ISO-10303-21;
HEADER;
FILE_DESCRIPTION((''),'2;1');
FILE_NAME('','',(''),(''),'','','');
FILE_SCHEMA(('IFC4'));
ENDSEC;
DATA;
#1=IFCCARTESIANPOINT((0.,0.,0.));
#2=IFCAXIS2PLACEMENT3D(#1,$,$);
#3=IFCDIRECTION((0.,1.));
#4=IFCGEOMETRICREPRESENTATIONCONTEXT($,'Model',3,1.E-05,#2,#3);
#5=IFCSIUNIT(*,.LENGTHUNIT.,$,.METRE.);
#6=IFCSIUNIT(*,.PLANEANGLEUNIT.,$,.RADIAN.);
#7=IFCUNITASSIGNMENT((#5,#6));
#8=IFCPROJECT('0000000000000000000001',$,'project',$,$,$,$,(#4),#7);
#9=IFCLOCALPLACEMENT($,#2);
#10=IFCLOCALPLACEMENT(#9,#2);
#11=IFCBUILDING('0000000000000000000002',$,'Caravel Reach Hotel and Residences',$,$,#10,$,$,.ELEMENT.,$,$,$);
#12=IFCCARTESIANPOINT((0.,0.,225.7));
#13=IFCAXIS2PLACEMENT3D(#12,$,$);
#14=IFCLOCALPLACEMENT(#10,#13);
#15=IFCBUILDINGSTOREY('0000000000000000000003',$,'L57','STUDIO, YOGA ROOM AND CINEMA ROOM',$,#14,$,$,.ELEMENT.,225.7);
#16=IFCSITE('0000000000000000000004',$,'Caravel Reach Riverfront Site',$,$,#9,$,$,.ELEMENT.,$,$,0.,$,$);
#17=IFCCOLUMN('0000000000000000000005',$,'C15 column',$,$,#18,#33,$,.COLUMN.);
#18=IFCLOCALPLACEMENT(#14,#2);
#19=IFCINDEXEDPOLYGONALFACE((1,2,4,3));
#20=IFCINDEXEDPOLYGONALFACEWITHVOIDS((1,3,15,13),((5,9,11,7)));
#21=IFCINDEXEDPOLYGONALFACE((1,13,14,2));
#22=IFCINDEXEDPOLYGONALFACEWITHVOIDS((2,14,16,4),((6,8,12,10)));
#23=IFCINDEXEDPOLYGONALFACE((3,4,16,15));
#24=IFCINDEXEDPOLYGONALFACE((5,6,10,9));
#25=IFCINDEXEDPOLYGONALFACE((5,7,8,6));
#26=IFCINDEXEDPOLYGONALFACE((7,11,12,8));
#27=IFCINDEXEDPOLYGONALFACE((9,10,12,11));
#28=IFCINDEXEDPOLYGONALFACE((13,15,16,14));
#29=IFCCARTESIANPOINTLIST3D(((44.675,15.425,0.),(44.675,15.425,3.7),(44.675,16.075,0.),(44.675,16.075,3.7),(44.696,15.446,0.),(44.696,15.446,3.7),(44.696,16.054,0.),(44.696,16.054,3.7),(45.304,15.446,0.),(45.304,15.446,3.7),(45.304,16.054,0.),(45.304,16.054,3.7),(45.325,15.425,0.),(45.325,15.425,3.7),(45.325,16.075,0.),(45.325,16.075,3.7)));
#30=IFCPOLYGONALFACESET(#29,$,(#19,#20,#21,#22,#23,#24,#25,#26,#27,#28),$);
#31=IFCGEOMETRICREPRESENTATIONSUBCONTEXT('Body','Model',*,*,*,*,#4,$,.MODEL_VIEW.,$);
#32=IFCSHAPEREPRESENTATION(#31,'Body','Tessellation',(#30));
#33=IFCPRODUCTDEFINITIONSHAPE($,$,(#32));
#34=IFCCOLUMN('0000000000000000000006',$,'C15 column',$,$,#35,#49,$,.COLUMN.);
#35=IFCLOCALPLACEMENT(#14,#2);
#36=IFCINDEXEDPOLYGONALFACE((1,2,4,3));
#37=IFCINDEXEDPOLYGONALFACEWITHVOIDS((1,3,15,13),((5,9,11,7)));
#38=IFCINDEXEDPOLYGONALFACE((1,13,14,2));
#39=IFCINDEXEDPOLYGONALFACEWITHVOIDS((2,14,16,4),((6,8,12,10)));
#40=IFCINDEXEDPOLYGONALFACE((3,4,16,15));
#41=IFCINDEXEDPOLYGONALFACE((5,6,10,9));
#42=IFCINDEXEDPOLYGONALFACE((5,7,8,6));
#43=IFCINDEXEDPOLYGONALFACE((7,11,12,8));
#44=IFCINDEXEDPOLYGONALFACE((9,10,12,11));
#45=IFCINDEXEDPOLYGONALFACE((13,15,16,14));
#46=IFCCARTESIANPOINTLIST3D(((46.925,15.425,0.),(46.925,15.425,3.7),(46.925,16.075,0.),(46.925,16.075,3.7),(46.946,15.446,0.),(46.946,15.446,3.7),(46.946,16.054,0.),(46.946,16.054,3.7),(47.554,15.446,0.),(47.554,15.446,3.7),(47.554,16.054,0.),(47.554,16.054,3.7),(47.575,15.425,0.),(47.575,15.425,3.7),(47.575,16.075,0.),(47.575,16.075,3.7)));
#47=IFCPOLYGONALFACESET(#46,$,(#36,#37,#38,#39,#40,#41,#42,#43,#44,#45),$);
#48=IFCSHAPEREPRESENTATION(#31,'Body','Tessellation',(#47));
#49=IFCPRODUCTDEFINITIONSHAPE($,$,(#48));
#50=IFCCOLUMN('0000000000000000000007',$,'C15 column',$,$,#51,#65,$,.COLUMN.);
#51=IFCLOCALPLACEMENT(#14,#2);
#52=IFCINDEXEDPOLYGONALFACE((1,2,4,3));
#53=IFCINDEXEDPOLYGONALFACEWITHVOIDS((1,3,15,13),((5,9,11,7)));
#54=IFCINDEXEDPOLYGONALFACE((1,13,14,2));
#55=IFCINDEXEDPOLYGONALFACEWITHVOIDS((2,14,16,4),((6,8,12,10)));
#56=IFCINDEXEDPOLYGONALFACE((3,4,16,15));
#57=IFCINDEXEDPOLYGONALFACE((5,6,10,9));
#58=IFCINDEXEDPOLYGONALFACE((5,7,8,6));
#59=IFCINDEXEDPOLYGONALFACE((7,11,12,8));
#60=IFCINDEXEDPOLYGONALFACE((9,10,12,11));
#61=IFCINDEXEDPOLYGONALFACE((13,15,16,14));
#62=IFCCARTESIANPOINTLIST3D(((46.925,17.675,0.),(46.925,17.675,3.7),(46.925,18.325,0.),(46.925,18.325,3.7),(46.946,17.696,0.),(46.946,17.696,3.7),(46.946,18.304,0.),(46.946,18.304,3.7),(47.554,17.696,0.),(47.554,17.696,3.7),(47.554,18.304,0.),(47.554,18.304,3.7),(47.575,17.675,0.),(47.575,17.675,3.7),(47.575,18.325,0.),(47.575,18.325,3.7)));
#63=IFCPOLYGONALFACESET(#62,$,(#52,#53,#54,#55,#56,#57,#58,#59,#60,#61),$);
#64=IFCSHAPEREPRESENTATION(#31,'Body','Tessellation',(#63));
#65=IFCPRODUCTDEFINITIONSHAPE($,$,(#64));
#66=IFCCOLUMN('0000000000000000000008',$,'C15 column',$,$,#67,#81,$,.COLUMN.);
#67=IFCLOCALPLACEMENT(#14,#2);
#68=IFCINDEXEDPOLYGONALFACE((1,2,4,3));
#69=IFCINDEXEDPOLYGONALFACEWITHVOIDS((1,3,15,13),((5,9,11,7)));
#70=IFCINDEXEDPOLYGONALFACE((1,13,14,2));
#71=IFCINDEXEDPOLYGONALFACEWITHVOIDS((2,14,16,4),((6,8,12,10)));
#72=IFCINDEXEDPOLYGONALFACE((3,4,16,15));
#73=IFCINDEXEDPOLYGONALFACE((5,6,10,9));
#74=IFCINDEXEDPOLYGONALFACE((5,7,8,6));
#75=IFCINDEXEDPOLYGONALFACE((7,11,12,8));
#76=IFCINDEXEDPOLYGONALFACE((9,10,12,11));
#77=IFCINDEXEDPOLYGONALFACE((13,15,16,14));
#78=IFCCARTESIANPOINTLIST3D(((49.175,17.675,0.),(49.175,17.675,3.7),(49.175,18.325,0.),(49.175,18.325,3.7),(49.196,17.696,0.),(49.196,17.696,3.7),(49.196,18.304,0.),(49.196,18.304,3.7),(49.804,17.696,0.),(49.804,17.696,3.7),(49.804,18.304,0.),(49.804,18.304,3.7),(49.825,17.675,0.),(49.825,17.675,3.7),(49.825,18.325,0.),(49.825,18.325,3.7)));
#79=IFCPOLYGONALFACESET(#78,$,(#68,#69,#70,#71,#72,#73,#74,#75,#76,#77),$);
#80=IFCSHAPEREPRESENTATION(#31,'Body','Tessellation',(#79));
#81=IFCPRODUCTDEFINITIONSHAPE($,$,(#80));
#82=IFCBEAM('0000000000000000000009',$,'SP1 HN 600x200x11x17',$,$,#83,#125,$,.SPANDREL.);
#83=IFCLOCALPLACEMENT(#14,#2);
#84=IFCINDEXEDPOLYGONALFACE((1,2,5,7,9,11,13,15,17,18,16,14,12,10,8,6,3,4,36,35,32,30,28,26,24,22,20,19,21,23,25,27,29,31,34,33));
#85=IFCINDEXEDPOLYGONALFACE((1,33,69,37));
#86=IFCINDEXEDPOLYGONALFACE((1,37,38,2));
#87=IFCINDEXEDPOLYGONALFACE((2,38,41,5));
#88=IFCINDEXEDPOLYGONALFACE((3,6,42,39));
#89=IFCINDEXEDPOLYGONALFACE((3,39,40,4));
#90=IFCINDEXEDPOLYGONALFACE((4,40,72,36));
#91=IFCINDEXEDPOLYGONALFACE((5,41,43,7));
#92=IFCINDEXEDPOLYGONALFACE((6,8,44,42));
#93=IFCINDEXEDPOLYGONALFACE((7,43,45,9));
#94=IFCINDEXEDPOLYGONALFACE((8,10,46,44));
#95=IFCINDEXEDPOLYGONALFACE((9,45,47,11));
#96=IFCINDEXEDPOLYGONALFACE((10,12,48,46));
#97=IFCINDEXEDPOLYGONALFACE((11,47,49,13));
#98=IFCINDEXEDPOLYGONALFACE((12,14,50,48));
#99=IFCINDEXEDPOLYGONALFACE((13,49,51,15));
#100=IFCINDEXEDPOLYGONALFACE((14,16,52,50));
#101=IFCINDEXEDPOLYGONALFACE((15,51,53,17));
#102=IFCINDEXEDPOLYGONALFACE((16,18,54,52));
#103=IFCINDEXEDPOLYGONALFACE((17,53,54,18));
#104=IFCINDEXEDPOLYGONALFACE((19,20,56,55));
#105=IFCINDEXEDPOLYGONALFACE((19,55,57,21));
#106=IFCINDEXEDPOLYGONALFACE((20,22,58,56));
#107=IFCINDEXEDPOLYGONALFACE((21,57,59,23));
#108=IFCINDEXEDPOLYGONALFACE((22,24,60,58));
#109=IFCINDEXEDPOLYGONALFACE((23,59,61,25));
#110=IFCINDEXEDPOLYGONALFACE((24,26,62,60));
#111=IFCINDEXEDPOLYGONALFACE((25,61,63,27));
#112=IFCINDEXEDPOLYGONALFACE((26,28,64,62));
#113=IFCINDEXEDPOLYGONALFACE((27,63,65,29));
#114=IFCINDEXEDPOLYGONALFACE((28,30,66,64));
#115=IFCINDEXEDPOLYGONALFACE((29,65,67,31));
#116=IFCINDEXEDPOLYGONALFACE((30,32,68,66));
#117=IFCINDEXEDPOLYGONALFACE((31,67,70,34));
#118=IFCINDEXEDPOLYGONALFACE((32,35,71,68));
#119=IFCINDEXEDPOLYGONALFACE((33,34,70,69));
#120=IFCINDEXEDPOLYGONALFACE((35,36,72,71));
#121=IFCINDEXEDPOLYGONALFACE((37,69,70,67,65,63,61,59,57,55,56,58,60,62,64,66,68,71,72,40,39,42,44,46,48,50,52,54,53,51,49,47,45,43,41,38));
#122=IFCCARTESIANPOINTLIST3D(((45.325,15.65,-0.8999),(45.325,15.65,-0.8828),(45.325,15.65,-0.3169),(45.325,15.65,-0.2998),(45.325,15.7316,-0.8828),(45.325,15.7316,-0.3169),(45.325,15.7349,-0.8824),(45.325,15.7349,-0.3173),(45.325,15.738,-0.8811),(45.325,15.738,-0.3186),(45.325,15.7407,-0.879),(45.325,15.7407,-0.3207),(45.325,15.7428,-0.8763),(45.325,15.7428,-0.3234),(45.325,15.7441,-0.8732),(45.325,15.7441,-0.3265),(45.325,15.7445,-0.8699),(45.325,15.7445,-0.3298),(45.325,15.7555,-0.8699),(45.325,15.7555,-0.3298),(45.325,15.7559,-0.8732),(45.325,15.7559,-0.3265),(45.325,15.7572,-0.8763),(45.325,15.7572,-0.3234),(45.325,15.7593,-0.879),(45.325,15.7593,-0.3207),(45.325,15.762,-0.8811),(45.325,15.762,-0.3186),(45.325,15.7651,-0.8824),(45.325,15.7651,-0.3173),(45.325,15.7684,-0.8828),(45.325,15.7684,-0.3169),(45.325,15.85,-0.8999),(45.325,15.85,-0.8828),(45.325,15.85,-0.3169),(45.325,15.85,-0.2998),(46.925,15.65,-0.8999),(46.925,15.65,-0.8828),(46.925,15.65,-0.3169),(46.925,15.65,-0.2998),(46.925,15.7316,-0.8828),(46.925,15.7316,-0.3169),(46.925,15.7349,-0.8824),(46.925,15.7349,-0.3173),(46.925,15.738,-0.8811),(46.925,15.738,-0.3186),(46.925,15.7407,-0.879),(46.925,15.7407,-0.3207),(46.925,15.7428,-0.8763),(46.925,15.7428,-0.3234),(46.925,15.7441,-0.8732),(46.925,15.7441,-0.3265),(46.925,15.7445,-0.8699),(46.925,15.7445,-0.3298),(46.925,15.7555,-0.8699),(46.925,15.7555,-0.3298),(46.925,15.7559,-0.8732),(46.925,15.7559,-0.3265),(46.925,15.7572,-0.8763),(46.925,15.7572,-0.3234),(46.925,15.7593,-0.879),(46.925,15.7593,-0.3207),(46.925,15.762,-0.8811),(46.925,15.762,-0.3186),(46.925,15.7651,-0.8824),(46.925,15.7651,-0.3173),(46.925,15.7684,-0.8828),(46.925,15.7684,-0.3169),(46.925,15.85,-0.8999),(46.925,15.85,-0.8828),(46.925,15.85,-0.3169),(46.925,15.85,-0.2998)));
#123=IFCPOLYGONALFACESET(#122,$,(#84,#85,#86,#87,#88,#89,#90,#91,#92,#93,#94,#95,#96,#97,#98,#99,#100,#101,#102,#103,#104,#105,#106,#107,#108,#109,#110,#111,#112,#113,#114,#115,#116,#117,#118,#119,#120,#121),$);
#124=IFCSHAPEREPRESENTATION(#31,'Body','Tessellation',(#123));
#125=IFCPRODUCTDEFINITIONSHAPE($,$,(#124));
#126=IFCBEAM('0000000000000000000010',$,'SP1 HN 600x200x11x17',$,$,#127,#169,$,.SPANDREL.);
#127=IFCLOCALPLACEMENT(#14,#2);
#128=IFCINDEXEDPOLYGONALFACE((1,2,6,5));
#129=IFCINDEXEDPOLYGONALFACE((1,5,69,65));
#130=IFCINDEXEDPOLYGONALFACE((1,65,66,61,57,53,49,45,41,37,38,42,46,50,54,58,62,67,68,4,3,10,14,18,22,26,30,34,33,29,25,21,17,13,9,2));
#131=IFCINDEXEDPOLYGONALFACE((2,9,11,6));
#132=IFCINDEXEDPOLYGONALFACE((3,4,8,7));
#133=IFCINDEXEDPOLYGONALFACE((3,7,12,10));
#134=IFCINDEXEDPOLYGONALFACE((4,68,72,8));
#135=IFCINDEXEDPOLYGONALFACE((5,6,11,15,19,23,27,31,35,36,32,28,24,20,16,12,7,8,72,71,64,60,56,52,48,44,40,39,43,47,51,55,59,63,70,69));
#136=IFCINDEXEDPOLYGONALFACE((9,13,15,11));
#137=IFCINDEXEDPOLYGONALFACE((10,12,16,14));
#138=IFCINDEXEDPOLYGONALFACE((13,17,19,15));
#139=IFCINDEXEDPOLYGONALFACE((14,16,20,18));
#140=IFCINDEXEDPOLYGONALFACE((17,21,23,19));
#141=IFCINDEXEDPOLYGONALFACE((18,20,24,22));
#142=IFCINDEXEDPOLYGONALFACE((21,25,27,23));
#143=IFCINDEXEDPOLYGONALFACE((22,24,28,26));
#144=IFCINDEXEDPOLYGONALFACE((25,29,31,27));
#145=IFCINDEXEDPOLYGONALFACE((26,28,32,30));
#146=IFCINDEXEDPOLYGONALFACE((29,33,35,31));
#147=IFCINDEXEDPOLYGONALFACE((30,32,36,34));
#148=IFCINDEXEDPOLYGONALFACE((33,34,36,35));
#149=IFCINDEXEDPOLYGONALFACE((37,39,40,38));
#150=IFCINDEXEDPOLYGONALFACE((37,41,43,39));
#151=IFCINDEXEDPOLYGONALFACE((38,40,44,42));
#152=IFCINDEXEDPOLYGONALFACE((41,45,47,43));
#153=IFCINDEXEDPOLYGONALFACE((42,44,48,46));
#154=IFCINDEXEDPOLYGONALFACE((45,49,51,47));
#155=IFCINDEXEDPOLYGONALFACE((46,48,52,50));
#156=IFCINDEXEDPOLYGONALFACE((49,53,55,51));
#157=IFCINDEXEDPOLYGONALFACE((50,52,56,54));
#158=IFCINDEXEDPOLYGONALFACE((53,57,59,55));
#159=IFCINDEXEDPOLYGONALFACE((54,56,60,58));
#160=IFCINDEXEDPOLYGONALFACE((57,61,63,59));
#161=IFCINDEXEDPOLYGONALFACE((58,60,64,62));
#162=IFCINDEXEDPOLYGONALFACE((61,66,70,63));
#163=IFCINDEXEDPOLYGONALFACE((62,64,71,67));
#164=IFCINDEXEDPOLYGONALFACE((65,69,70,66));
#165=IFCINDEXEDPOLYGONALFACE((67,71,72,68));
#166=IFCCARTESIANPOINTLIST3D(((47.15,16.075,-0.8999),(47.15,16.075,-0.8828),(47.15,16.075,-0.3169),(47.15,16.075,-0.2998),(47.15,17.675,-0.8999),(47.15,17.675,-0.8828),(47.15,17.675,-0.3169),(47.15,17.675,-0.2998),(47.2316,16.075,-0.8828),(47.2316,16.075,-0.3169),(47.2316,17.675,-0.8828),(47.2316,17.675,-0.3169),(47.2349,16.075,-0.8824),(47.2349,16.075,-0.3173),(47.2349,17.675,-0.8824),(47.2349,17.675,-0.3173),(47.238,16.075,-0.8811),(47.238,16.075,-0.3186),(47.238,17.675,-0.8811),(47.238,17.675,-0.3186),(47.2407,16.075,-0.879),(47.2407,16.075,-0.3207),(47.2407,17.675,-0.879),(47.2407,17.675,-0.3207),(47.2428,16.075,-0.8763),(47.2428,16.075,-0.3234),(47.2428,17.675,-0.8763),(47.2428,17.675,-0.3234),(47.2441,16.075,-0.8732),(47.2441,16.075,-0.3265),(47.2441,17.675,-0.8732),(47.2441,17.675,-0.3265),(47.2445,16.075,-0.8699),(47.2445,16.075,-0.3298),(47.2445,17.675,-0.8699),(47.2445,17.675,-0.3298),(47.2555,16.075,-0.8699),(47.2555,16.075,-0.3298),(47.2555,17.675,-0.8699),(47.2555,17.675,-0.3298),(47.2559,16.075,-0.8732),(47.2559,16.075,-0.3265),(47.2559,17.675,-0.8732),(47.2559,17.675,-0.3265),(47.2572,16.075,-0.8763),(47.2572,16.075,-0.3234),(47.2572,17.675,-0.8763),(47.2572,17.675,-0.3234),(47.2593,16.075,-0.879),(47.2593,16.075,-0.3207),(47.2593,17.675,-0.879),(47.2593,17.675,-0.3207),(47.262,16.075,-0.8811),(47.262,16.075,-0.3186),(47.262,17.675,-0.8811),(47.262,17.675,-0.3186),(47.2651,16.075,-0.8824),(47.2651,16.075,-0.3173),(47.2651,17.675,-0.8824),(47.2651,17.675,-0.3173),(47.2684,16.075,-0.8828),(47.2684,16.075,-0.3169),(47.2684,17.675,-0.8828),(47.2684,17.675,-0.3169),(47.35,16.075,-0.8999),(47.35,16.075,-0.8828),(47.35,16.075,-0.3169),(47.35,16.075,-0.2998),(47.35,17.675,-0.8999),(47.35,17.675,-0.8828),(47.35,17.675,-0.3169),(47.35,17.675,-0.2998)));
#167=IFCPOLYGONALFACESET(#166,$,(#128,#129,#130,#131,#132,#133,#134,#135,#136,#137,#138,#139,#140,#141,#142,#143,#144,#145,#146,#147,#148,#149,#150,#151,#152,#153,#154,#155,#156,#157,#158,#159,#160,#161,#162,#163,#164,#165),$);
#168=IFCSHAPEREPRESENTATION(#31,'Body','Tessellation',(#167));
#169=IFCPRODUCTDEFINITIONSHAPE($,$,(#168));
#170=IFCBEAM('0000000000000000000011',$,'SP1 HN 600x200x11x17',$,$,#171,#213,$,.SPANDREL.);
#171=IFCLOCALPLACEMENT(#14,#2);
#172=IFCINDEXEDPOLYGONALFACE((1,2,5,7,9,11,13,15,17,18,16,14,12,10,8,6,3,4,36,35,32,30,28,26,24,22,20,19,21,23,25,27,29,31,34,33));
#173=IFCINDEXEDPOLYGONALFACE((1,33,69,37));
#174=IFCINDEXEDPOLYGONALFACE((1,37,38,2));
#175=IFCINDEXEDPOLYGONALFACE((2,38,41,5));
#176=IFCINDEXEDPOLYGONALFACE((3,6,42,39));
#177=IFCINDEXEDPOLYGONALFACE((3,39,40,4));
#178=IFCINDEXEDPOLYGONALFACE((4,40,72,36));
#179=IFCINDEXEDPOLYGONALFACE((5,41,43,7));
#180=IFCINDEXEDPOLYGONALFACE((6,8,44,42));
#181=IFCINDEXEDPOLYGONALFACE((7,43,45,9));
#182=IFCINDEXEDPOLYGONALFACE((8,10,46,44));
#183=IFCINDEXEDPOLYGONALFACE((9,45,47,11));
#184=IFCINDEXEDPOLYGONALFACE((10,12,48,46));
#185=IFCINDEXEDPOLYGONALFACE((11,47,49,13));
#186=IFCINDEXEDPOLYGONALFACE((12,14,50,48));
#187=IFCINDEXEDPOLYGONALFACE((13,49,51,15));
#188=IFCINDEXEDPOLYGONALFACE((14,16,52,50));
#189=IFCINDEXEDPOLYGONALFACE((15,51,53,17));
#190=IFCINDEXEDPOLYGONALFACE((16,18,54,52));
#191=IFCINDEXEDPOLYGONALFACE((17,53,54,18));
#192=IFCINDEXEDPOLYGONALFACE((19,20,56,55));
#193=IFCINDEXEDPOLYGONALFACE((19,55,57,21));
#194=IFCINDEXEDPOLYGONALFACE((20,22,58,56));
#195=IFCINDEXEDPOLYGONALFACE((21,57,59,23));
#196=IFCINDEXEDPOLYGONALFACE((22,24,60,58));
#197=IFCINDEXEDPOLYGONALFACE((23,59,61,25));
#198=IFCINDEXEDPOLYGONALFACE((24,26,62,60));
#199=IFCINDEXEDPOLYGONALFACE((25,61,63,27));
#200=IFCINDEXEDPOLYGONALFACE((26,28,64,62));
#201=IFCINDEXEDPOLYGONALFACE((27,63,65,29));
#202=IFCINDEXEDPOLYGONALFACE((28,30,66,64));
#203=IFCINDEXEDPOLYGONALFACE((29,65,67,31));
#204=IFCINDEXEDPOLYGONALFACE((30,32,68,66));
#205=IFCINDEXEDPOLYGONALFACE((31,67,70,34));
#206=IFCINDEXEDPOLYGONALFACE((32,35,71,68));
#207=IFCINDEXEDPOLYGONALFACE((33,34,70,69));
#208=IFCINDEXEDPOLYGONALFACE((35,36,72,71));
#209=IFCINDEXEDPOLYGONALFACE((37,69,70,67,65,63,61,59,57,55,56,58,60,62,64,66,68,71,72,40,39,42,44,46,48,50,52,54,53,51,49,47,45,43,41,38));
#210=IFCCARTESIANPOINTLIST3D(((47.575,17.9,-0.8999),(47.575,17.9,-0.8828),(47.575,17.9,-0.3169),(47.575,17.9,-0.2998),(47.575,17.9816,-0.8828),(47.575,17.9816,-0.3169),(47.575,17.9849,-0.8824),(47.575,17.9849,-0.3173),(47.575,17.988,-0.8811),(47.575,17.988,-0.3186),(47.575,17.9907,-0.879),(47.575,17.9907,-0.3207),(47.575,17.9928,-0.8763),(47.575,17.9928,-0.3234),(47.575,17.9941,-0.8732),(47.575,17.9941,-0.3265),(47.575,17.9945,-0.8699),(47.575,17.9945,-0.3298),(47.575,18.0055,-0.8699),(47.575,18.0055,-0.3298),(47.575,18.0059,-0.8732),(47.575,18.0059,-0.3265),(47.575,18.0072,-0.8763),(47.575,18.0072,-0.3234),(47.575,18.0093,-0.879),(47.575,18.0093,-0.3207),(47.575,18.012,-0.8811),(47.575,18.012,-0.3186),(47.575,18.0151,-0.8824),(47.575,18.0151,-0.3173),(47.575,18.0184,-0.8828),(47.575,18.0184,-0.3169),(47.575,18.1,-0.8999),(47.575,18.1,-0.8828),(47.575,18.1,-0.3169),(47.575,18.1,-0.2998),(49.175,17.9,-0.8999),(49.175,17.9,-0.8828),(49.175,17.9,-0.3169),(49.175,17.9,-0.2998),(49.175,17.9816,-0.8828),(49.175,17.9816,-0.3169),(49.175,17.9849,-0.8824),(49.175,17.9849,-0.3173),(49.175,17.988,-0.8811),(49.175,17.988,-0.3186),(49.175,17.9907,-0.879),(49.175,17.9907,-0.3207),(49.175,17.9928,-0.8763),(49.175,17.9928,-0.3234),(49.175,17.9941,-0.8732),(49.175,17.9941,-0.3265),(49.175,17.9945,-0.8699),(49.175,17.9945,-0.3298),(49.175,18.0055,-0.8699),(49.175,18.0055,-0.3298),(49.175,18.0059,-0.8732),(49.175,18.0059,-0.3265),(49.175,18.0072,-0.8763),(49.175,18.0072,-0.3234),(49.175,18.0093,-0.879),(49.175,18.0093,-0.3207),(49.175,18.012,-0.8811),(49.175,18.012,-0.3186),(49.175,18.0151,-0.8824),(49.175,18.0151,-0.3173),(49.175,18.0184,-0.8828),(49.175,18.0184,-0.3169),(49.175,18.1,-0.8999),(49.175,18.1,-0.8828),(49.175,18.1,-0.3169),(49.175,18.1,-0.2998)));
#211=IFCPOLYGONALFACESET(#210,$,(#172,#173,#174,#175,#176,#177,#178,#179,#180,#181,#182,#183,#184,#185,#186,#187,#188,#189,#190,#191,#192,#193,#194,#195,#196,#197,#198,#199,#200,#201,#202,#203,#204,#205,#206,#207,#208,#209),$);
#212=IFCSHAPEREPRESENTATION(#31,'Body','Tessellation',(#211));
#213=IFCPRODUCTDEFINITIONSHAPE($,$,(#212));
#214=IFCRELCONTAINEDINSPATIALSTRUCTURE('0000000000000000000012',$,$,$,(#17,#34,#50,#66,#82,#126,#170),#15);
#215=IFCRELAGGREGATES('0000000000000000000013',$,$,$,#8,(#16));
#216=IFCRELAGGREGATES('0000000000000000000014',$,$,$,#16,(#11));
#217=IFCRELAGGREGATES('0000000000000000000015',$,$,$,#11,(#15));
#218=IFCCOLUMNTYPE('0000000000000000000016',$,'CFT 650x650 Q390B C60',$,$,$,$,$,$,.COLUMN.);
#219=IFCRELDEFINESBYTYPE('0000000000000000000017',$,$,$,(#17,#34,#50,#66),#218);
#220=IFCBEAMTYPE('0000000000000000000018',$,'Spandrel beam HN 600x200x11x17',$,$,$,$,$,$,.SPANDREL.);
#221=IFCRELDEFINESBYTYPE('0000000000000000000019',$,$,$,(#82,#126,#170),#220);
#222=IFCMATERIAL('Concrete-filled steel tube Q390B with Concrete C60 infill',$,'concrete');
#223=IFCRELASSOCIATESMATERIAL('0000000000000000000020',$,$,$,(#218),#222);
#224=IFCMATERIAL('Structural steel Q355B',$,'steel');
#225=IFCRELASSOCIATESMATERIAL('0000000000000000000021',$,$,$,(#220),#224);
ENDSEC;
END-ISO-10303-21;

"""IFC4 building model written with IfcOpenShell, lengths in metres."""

from ifc_helpers import new_model, si_unit, direction, frame, origin, origin_2d, place, context, subcontext, project, spatial, hollow_rectangle, i_section, extrude, material, material_profile, profile_set, type_object, element, save


model = new_model("IFC4")

# Units and contexts
model_context = context("Model", 3, precision=1e-05, world=origin(), true_north=direction((0.0, 1.0)))
body_context = subcontext(model_context, "Body", "Model", "MODEL_VIEW")
ifc_project = project(units=[si_unit("LENGTHUNIT", "METRE"), si_unit("PLANEANGLEUNIT", "RADIAN")], contexts=[model_context])

# Site, building, storey
site_placement = place(None, origin())
site = spatial("IfcSite", under=ifc_project, at=site_placement, Name="Caravel Reach Riverfront Site", CompositionType="ELEMENT", RefElevation=0.0)
building_placement = place(site_placement, origin())
building = spatial("IfcBuilding", under=site, at=building_placement, Name="Caravel Reach Hotel and Residences", CompositionType="ELEMENT")
storey_placement = place(building_placement, frame((0.0, 0.0, 225.7)))
storey = spatial("IfcBuildingStorey", under=building, at=storey_placement, Name="L57", Description="STUDIO, YOGA ROOM AND CINEMA ROOM", CompositionType="ELEMENT", Elevation=225.7)

# Columns
ifc_material_1 = material(Name="Concrete-filled steel tube Q390B with Concrete C60 infill", Category="concrete")
ifc_material_profile_1 = material_profile(ifc_material_1, hollow_rectangle(XDim=0.6499, YDim=0.6499, WallThickness=0.021, at=origin_2d()), Name="RHS 650x650x21")
ifc_profile_set_1 = profile_set([ifc_material_profile_1], Name="Concrete-filled steel tube Q390B with Concrete C60 infill")
column_type = type_object("IfcColumnType", Name="CFT 650x650 Q390B C60", PredefinedType="COLUMN", material=ifc_profile_set_1)
for number, where, z_axis, x_axis, name in (
    (1, (45.0, 15.75, 0.0), (0.0, 0.0, 1.0), (1.0, 0.0, 0.0), "C15 column"),
    (2, (47.25, 15.75, 0.0), (0.0, 0.0, 1.0), (1.0, 0.0, 0.0), "C15 column"),
    (3, (47.25, 18.0, 0.0), (0.0, 0.0, 1.0), (1.0, 0.0, 0.0), "C15 column"),
    (4, (49.5, 18.0, 0.0), (0.0, 0.0, 1.0), (1.0, 0.0, 0.0), "C15 column"),
):
    element("IfcColumn", number, at=place(storey_placement, frame(where, z_axis=z_axis, x_axis=x_axis)), inside=storey, type_object=column_type, Name=name, PredefinedType="COLUMN", context=body_context, shape_type="SweptSolid", body=[
        extrude(hollow_rectangle(XDim=0.6499, YDim=0.6499, WallThickness=0.021, at=origin_2d()), origin(), (0.0, 0.0, 1.0), 3.7),
    ])

# Beams
ifc_material_2 = material(Name="Structural steel Q355B", Category="steel")
ifc_material_profile_2 = material_profile(ifc_material_2, i_section(OverallWidth=0.2, OverallDepth=0.6001, WebThickness=0.011, FlangeThickness=0.0171, FilletRadius=0.0129, at=origin_2d()), Name="HN 600x200x11x17")
ifc_profile_set_2 = profile_set([ifc_material_profile_2], Name="Structural steel Q355B")
beam_type = type_object("IfcBeamType", Name="Spandrel beam HN 600x200x11x17", PredefinedType="SPANDREL", material=ifc_profile_set_2)
for number, where, z_axis, x_axis, name in (
    (5, (45.325, 15.75, -0.5999), (1.0, 0.0, 0.0), (0.0, 1.0, 0.0), "SP1 HN 600x200x11x17"),
    (6, (47.25, 16.075, -0.5999), (0.0, 1.0, 0.0), (-1.0, 0.0, 0.0), "SP1 HN 600x200x11x17"),
    (7, (47.575, 18.0, -0.5999), (1.0, 0.0, 0.0), (0.0, 1.0, 0.0), "SP1 HN 600x200x11x17"),
):
    element("IfcBeam", number, at=place(storey_placement, frame(where, z_axis=z_axis, x_axis=x_axis)), inside=storey, type_object=beam_type, Name=name, PredefinedType="SPANDREL", context=body_context, shape_type="SweptSolid", body=[
        extrude(i_section(OverallWidth=0.2, OverallDepth=0.6001, WebThickness=0.011, FlangeThickness=0.0171, FilletRadius=0.0129, at=origin_2d()), origin(), (0.0, 0.0, 1.0), 1.6001),
    ])

save(model, "model.ifc")
